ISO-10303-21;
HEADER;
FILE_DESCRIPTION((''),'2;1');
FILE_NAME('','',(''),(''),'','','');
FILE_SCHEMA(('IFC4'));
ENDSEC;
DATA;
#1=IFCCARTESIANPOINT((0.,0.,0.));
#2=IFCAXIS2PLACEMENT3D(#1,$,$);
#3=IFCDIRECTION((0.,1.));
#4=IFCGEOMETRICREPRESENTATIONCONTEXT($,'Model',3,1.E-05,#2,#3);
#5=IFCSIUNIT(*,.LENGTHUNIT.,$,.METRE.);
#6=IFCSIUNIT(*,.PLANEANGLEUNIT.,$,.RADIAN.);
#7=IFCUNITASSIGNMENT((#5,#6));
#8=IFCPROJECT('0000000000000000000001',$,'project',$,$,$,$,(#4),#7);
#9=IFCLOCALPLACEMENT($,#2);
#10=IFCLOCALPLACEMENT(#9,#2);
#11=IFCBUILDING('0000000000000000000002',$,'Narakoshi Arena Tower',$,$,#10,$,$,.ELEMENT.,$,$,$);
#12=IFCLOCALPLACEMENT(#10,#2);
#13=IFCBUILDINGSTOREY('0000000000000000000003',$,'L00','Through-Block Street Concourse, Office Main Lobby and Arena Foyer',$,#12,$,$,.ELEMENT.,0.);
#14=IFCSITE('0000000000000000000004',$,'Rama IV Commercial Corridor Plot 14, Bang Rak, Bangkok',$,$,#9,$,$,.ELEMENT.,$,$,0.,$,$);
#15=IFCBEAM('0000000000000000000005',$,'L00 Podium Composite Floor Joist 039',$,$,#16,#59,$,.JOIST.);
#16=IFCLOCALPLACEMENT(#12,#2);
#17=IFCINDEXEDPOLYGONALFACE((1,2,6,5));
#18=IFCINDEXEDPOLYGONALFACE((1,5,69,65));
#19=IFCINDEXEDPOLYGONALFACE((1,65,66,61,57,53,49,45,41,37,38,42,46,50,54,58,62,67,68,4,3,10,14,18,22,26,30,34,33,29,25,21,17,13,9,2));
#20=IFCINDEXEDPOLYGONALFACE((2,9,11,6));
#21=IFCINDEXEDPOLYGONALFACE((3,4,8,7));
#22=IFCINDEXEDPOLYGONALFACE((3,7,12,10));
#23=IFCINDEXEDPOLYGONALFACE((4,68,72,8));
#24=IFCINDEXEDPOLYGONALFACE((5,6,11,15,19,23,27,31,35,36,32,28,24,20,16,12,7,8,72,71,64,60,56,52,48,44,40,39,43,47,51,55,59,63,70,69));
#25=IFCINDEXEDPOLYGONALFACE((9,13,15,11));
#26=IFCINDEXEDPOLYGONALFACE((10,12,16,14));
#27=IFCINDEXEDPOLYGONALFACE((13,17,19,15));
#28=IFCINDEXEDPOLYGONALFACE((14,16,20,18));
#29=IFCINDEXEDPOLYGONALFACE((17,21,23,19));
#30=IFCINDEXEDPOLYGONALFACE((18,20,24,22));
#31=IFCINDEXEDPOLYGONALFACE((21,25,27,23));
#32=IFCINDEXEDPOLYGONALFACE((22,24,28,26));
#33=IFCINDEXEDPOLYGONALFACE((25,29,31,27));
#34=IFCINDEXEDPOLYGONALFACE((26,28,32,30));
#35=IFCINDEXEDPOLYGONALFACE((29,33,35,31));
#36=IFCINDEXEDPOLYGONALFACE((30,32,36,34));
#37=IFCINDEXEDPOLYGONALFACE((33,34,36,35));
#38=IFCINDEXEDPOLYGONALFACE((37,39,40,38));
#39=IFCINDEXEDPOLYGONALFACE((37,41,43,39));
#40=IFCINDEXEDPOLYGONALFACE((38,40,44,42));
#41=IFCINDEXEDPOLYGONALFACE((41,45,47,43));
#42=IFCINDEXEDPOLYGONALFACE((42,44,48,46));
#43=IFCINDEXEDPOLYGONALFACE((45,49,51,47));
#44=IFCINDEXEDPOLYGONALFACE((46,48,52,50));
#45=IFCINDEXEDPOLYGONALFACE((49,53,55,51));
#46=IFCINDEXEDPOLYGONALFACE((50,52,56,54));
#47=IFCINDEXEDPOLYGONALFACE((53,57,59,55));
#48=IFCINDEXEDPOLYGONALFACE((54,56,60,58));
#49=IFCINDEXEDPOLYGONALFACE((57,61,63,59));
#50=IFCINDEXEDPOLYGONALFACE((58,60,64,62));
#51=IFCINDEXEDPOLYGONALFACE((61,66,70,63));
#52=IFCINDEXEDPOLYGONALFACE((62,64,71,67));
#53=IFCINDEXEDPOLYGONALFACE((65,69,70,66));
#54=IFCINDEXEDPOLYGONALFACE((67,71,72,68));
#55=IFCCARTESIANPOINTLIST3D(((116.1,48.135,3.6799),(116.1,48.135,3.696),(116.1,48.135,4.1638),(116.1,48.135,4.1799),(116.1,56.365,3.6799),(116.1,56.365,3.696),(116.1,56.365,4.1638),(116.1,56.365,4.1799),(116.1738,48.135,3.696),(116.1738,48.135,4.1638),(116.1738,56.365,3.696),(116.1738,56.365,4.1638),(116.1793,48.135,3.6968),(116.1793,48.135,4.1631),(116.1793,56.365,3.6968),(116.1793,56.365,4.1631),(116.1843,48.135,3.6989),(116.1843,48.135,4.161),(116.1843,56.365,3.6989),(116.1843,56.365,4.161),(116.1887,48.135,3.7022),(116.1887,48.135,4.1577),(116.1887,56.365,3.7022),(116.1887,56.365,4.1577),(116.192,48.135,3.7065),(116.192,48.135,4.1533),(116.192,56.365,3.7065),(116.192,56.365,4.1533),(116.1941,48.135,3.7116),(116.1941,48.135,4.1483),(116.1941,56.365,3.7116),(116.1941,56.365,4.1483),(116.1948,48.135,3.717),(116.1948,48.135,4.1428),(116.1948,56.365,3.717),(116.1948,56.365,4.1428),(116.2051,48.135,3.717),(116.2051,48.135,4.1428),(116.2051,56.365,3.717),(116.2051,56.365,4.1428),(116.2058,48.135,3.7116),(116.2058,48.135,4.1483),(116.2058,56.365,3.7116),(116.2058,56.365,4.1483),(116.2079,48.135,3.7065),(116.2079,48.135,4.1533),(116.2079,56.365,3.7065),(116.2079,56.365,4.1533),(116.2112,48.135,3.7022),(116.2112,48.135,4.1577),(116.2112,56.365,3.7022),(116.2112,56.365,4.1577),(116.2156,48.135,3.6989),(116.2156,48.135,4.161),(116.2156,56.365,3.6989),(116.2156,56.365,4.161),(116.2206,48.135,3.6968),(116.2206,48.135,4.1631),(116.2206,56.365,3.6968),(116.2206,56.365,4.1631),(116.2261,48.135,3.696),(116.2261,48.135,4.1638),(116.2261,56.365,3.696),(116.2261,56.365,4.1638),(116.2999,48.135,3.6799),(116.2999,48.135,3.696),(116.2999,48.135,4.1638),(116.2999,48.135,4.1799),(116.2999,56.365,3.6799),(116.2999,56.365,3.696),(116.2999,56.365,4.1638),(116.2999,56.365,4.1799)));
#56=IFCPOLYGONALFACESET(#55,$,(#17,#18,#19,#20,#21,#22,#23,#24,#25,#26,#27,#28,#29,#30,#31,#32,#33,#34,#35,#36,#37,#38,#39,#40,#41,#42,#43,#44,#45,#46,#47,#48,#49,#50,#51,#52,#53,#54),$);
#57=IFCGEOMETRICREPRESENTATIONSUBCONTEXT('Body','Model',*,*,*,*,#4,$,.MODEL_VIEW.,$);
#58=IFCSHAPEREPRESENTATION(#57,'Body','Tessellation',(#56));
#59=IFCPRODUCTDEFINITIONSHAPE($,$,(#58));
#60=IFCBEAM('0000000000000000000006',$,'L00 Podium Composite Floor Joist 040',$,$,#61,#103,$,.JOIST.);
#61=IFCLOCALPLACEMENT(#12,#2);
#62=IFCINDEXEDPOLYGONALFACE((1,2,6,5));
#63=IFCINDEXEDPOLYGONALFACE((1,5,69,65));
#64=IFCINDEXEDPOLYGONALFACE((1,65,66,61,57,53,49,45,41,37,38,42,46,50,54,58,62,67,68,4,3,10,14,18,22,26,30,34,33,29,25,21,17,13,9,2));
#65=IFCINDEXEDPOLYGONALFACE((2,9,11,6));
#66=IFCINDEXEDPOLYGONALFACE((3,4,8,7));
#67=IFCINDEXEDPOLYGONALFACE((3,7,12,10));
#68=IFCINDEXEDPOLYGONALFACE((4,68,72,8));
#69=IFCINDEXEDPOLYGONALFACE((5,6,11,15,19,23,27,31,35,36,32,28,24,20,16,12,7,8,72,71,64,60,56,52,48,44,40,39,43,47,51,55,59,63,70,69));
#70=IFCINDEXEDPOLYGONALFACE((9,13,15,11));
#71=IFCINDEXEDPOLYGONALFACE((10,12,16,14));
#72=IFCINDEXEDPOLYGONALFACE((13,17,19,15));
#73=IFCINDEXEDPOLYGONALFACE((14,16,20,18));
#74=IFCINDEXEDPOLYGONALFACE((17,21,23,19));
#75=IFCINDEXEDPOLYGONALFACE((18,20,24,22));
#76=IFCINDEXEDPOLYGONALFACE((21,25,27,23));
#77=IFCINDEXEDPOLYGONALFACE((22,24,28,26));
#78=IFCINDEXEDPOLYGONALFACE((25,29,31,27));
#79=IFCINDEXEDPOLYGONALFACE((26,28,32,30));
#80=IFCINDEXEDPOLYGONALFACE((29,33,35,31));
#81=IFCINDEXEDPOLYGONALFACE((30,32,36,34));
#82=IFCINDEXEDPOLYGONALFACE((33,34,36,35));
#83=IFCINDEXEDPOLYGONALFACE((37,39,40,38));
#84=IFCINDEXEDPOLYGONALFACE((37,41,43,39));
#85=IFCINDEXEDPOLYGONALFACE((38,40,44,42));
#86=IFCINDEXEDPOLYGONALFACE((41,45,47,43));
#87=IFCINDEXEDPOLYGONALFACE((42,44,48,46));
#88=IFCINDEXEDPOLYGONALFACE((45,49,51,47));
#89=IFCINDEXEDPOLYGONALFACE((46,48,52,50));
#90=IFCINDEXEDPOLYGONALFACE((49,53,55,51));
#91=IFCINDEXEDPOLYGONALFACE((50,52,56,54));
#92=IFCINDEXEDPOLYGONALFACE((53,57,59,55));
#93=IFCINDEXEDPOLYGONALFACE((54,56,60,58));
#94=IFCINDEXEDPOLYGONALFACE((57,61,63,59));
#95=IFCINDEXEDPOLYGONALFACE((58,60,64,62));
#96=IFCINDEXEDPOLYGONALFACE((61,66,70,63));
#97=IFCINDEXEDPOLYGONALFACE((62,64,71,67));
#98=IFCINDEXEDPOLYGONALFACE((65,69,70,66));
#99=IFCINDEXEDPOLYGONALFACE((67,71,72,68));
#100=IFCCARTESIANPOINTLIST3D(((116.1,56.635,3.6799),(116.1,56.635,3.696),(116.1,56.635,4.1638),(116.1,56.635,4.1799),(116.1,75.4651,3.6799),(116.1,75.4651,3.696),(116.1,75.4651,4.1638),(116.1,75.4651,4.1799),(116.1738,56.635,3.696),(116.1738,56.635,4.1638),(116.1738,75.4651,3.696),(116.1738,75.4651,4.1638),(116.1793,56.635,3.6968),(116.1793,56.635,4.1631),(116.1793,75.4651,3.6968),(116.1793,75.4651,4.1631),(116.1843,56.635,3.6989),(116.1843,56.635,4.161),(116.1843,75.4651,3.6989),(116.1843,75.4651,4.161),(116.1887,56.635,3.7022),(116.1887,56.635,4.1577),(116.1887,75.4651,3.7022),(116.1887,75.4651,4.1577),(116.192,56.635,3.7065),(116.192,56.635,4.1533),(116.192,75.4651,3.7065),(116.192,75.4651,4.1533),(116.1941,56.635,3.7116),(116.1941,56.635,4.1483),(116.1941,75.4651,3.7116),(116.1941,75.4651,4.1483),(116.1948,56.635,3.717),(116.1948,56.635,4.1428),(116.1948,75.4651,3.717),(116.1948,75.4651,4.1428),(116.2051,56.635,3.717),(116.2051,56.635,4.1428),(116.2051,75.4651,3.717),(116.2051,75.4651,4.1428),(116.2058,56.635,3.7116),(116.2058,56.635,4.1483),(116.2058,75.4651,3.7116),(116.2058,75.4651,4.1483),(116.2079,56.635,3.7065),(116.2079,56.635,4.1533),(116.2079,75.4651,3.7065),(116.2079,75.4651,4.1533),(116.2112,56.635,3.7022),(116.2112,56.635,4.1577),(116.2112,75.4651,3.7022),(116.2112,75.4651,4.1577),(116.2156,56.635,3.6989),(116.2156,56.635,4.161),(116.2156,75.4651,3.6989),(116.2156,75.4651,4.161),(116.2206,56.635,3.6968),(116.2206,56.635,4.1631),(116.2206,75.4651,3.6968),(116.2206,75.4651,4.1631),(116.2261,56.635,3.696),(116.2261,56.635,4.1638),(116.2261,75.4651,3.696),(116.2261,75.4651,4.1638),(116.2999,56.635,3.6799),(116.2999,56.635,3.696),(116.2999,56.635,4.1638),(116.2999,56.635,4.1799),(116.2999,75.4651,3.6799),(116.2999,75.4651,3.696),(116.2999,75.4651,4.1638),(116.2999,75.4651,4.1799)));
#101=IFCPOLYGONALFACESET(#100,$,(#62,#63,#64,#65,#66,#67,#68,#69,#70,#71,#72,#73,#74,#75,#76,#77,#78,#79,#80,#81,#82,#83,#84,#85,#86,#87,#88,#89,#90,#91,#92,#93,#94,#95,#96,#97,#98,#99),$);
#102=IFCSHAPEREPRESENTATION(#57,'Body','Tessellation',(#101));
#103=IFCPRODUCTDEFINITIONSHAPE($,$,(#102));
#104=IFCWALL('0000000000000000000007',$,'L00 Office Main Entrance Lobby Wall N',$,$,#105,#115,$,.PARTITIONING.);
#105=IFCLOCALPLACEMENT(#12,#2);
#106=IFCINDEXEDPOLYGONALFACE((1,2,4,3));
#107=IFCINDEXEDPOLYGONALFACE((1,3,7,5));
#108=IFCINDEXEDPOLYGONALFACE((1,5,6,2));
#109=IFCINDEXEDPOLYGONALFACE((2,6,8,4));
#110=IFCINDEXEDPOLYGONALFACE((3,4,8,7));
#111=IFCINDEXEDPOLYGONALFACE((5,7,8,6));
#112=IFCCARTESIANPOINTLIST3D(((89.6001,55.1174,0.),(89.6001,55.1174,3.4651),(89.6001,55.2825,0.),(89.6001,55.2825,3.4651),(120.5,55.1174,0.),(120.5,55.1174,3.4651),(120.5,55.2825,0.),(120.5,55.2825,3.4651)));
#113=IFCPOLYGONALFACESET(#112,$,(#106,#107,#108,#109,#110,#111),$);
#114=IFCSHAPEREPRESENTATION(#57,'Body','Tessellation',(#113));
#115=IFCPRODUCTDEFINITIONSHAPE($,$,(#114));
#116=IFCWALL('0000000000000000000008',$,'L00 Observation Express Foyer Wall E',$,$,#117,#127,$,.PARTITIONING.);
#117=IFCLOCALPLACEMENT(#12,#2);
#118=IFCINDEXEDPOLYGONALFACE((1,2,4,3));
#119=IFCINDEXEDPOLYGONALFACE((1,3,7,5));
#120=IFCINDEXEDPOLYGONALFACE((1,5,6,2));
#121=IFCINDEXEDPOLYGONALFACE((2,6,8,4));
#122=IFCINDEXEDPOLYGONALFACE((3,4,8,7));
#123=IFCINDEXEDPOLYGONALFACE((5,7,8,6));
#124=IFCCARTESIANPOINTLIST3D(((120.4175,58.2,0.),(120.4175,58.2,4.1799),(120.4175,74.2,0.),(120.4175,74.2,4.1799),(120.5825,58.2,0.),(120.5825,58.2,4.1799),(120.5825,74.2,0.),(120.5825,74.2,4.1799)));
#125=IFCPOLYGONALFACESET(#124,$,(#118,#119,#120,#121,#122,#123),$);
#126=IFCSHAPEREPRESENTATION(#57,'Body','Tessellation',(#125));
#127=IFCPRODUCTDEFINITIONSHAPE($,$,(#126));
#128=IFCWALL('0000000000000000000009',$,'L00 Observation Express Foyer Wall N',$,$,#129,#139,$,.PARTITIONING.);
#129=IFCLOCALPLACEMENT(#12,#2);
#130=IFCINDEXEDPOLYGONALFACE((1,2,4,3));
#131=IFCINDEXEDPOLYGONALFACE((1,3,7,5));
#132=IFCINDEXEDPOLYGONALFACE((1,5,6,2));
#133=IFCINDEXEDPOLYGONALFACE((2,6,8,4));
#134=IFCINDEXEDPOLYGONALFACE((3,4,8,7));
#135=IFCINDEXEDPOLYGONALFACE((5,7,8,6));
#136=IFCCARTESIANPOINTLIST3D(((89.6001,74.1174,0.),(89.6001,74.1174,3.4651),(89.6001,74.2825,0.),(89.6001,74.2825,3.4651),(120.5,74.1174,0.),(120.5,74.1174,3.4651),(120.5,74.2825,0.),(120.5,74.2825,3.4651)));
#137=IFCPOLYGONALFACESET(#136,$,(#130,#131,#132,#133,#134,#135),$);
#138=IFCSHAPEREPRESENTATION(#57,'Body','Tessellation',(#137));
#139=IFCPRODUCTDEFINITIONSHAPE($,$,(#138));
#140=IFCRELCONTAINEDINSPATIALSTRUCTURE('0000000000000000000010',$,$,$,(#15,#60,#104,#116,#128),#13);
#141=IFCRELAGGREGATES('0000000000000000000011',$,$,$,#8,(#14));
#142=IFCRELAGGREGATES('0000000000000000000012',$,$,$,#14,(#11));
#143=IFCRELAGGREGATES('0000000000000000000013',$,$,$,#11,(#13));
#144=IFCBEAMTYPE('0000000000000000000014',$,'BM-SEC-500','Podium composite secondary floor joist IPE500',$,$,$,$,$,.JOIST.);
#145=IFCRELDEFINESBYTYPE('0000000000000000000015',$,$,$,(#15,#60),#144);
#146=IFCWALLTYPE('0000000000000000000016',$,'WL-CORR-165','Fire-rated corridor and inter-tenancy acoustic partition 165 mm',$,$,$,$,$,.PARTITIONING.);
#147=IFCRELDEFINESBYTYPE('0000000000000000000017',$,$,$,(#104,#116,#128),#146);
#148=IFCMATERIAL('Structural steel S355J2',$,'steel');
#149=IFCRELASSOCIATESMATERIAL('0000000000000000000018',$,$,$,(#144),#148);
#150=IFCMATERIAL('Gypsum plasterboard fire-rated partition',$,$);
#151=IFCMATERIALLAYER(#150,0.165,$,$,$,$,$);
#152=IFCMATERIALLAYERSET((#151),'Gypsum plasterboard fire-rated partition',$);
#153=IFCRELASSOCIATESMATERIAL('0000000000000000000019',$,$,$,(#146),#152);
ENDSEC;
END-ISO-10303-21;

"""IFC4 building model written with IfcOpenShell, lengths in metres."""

from ifc_helpers import new_model, si_unit, direction, frame, frame_2d, origin, origin_2d, place, context, subcontext, project, spatial, rectangle, i_section, extrude, material, layer, layer_set, material_profile, profile_set, type_object, element, save


model = new_model("IFC4")

# Units and contexts
model_context = context("Model", 3, precision=1e-05, world=origin(), true_north=direction((0.0, 1.0)))
body_context = subcontext(model_context, "Body", "Model", "MODEL_VIEW")
ifc_project = project(units=[si_unit("LENGTHUNIT", "METRE"), si_unit("PLANEANGLEUNIT", "RADIAN")], contexts=[model_context])

# Site, building, storey
site_placement = place(None, origin())
site = spatial("IfcSite", under=ifc_project, at=site_placement, Name="Rama IV Commercial Corridor Plot 14, Bang Rak, Bangkok", CompositionType="ELEMENT", RefElevation=0.0)
building_placement = place(site_placement, origin())
building = spatial("IfcBuilding", under=site, at=building_placement, Name="Narakoshi Arena Tower", CompositionType="ELEMENT")
storey_placement = place(building_placement, origin())
storey = spatial("IfcBuildingStorey", under=building, at=storey_placement, Name="L00", Description="Through-Block Street Concourse, Office Main Lobby and Arena Foyer", CompositionType="ELEMENT", Elevation=0.0)

# Beams
ifc_material_1 = material(Name="Structural steel S355J2", Category="steel")
ifc_material_profile_1 = material_profile(ifc_material_1, i_section(OverallWidth=0.2, OverallDepth=0.5, WebThickness=0.0103, FlangeThickness=0.0161, FilletRadius=0.021, at=origin_2d()), Name="IPE500")
ifc_profile_set_1 = profile_set([ifc_material_profile_1], Name="Structural steel S355J2")
beam_type_1 = type_object("IfcBeamType", Name="BM-SEC-500", Description="Podium composite secondary floor joist IPE500", PredefinedType="JOIST", material=ifc_profile_set_1)
beam_1_placement = place(storey_placement, frame((116.2, 48.135, 3.9299), z_axis=(0.0, 1.0, 0.0), x_axis=(-1.0, 0.0, 0.0)))
element("IfcBeam", 1, at=beam_1_placement, inside=storey, type_object=beam_type_1, Name="L00 Podium Composite Floor Joist 039", PredefinedType="JOIST", context=body_context, shape_type="SweptSolid", body=[
    extrude(i_section(OverallWidth=0.2, OverallDepth=0.5, WebThickness=0.0103, FlangeThickness=0.0161, FilletRadius=0.021, at=origin_2d()), origin(), (0.0, 0.0, 1.0), 8.23),
])
beam_2_placement = place(storey_placement, frame((116.2, 56.635, 3.9299), z_axis=(0.0, 1.0, 0.0), x_axis=(-1.0, 0.0, 0.0)))
element("IfcBeam", 2, at=beam_2_placement, inside=storey, type_object=beam_type_1, Name="L00 Podium Composite Floor Joist 040", PredefinedType="JOIST", context=body_context, shape_type="SweptSolid", body=[
    extrude(i_section(OverallWidth=0.2, OverallDepth=0.5, WebThickness=0.0103, FlangeThickness=0.0161, FilletRadius=0.021, at=origin_2d()), origin(), (0.0, 0.0, 1.0), 18.8301),
])

# Walls
ifc_material_2 = material(Name="Gypsum plasterboard fire-rated partition")
ifc_layer = layer(ifc_material_2, 0.165)
ifc_layer_set = layer_set([ifc_layer], Name="Gypsum plasterboard fire-rated partition")
wall_type = type_object("IfcWallType", Name="WL-CORR-165", Description="Fire-rated corridor and inter-tenancy acoustic partition 165 mm", PredefinedType="PARTITIONING", material=ifc_layer_set)
wall_1_placement = place(storey_placement, frame((120.5, 55.2, 0.0), z_axis=(0.0, 0.0, 1.0), x_axis=(-1.0, 0.0, 0.0)))
element("IfcWall", 3, at=wall_1_placement, inside=storey, type_object=wall_type, Name="L00 Office Main Entrance Lobby Wall N", PredefinedType="PARTITIONING", context=body_context, shape_type="SweptSolid", body=[
    extrude(rectangle(XDim=30.8999, YDim=0.165, at=frame_2d((15.45, 0.0))), origin(), (0.0, 0.0, 1.0), 3.4651),
])
wall_2_placement = place(storey_placement, frame((120.5, 58.2, 0.0), z_axis=(0.0, 0.0, 1.0), x_axis=(0.0, 1.0, 0.0)))
element("IfcWall", 4, at=wall_2_placement, inside=storey, type_object=wall_type, Name="L00 Observation Express Foyer Wall E", PredefinedType="PARTITIONING", context=body_context, shape_type="SweptSolid", body=[
    extrude(rectangle(XDim=16.0, YDim=0.165, at=frame_2d((8.0, 0.0))), origin(), (0.0, 0.0, 1.0), 4.1799),
])
wall_3_placement = place(storey_placement, frame((120.5, 74.2, 0.0), z_axis=(0.0, 0.0, 1.0), x_axis=(-1.0, 0.0, 0.0)))
element("IfcWall", 5, at=wall_3_placement, inside=storey, type_object=wall_type, Name="L00 Observation Express Foyer Wall N", PredefinedType="PARTITIONING", context=body_context, shape_type="SweptSolid", body=[
    extrude(rectangle(XDim=30.8999, YDim=0.165, at=frame_2d((15.45, 0.0))), origin(), (0.0, 0.0, 1.0), 3.4651),
])

save(model, "model.ifc")
